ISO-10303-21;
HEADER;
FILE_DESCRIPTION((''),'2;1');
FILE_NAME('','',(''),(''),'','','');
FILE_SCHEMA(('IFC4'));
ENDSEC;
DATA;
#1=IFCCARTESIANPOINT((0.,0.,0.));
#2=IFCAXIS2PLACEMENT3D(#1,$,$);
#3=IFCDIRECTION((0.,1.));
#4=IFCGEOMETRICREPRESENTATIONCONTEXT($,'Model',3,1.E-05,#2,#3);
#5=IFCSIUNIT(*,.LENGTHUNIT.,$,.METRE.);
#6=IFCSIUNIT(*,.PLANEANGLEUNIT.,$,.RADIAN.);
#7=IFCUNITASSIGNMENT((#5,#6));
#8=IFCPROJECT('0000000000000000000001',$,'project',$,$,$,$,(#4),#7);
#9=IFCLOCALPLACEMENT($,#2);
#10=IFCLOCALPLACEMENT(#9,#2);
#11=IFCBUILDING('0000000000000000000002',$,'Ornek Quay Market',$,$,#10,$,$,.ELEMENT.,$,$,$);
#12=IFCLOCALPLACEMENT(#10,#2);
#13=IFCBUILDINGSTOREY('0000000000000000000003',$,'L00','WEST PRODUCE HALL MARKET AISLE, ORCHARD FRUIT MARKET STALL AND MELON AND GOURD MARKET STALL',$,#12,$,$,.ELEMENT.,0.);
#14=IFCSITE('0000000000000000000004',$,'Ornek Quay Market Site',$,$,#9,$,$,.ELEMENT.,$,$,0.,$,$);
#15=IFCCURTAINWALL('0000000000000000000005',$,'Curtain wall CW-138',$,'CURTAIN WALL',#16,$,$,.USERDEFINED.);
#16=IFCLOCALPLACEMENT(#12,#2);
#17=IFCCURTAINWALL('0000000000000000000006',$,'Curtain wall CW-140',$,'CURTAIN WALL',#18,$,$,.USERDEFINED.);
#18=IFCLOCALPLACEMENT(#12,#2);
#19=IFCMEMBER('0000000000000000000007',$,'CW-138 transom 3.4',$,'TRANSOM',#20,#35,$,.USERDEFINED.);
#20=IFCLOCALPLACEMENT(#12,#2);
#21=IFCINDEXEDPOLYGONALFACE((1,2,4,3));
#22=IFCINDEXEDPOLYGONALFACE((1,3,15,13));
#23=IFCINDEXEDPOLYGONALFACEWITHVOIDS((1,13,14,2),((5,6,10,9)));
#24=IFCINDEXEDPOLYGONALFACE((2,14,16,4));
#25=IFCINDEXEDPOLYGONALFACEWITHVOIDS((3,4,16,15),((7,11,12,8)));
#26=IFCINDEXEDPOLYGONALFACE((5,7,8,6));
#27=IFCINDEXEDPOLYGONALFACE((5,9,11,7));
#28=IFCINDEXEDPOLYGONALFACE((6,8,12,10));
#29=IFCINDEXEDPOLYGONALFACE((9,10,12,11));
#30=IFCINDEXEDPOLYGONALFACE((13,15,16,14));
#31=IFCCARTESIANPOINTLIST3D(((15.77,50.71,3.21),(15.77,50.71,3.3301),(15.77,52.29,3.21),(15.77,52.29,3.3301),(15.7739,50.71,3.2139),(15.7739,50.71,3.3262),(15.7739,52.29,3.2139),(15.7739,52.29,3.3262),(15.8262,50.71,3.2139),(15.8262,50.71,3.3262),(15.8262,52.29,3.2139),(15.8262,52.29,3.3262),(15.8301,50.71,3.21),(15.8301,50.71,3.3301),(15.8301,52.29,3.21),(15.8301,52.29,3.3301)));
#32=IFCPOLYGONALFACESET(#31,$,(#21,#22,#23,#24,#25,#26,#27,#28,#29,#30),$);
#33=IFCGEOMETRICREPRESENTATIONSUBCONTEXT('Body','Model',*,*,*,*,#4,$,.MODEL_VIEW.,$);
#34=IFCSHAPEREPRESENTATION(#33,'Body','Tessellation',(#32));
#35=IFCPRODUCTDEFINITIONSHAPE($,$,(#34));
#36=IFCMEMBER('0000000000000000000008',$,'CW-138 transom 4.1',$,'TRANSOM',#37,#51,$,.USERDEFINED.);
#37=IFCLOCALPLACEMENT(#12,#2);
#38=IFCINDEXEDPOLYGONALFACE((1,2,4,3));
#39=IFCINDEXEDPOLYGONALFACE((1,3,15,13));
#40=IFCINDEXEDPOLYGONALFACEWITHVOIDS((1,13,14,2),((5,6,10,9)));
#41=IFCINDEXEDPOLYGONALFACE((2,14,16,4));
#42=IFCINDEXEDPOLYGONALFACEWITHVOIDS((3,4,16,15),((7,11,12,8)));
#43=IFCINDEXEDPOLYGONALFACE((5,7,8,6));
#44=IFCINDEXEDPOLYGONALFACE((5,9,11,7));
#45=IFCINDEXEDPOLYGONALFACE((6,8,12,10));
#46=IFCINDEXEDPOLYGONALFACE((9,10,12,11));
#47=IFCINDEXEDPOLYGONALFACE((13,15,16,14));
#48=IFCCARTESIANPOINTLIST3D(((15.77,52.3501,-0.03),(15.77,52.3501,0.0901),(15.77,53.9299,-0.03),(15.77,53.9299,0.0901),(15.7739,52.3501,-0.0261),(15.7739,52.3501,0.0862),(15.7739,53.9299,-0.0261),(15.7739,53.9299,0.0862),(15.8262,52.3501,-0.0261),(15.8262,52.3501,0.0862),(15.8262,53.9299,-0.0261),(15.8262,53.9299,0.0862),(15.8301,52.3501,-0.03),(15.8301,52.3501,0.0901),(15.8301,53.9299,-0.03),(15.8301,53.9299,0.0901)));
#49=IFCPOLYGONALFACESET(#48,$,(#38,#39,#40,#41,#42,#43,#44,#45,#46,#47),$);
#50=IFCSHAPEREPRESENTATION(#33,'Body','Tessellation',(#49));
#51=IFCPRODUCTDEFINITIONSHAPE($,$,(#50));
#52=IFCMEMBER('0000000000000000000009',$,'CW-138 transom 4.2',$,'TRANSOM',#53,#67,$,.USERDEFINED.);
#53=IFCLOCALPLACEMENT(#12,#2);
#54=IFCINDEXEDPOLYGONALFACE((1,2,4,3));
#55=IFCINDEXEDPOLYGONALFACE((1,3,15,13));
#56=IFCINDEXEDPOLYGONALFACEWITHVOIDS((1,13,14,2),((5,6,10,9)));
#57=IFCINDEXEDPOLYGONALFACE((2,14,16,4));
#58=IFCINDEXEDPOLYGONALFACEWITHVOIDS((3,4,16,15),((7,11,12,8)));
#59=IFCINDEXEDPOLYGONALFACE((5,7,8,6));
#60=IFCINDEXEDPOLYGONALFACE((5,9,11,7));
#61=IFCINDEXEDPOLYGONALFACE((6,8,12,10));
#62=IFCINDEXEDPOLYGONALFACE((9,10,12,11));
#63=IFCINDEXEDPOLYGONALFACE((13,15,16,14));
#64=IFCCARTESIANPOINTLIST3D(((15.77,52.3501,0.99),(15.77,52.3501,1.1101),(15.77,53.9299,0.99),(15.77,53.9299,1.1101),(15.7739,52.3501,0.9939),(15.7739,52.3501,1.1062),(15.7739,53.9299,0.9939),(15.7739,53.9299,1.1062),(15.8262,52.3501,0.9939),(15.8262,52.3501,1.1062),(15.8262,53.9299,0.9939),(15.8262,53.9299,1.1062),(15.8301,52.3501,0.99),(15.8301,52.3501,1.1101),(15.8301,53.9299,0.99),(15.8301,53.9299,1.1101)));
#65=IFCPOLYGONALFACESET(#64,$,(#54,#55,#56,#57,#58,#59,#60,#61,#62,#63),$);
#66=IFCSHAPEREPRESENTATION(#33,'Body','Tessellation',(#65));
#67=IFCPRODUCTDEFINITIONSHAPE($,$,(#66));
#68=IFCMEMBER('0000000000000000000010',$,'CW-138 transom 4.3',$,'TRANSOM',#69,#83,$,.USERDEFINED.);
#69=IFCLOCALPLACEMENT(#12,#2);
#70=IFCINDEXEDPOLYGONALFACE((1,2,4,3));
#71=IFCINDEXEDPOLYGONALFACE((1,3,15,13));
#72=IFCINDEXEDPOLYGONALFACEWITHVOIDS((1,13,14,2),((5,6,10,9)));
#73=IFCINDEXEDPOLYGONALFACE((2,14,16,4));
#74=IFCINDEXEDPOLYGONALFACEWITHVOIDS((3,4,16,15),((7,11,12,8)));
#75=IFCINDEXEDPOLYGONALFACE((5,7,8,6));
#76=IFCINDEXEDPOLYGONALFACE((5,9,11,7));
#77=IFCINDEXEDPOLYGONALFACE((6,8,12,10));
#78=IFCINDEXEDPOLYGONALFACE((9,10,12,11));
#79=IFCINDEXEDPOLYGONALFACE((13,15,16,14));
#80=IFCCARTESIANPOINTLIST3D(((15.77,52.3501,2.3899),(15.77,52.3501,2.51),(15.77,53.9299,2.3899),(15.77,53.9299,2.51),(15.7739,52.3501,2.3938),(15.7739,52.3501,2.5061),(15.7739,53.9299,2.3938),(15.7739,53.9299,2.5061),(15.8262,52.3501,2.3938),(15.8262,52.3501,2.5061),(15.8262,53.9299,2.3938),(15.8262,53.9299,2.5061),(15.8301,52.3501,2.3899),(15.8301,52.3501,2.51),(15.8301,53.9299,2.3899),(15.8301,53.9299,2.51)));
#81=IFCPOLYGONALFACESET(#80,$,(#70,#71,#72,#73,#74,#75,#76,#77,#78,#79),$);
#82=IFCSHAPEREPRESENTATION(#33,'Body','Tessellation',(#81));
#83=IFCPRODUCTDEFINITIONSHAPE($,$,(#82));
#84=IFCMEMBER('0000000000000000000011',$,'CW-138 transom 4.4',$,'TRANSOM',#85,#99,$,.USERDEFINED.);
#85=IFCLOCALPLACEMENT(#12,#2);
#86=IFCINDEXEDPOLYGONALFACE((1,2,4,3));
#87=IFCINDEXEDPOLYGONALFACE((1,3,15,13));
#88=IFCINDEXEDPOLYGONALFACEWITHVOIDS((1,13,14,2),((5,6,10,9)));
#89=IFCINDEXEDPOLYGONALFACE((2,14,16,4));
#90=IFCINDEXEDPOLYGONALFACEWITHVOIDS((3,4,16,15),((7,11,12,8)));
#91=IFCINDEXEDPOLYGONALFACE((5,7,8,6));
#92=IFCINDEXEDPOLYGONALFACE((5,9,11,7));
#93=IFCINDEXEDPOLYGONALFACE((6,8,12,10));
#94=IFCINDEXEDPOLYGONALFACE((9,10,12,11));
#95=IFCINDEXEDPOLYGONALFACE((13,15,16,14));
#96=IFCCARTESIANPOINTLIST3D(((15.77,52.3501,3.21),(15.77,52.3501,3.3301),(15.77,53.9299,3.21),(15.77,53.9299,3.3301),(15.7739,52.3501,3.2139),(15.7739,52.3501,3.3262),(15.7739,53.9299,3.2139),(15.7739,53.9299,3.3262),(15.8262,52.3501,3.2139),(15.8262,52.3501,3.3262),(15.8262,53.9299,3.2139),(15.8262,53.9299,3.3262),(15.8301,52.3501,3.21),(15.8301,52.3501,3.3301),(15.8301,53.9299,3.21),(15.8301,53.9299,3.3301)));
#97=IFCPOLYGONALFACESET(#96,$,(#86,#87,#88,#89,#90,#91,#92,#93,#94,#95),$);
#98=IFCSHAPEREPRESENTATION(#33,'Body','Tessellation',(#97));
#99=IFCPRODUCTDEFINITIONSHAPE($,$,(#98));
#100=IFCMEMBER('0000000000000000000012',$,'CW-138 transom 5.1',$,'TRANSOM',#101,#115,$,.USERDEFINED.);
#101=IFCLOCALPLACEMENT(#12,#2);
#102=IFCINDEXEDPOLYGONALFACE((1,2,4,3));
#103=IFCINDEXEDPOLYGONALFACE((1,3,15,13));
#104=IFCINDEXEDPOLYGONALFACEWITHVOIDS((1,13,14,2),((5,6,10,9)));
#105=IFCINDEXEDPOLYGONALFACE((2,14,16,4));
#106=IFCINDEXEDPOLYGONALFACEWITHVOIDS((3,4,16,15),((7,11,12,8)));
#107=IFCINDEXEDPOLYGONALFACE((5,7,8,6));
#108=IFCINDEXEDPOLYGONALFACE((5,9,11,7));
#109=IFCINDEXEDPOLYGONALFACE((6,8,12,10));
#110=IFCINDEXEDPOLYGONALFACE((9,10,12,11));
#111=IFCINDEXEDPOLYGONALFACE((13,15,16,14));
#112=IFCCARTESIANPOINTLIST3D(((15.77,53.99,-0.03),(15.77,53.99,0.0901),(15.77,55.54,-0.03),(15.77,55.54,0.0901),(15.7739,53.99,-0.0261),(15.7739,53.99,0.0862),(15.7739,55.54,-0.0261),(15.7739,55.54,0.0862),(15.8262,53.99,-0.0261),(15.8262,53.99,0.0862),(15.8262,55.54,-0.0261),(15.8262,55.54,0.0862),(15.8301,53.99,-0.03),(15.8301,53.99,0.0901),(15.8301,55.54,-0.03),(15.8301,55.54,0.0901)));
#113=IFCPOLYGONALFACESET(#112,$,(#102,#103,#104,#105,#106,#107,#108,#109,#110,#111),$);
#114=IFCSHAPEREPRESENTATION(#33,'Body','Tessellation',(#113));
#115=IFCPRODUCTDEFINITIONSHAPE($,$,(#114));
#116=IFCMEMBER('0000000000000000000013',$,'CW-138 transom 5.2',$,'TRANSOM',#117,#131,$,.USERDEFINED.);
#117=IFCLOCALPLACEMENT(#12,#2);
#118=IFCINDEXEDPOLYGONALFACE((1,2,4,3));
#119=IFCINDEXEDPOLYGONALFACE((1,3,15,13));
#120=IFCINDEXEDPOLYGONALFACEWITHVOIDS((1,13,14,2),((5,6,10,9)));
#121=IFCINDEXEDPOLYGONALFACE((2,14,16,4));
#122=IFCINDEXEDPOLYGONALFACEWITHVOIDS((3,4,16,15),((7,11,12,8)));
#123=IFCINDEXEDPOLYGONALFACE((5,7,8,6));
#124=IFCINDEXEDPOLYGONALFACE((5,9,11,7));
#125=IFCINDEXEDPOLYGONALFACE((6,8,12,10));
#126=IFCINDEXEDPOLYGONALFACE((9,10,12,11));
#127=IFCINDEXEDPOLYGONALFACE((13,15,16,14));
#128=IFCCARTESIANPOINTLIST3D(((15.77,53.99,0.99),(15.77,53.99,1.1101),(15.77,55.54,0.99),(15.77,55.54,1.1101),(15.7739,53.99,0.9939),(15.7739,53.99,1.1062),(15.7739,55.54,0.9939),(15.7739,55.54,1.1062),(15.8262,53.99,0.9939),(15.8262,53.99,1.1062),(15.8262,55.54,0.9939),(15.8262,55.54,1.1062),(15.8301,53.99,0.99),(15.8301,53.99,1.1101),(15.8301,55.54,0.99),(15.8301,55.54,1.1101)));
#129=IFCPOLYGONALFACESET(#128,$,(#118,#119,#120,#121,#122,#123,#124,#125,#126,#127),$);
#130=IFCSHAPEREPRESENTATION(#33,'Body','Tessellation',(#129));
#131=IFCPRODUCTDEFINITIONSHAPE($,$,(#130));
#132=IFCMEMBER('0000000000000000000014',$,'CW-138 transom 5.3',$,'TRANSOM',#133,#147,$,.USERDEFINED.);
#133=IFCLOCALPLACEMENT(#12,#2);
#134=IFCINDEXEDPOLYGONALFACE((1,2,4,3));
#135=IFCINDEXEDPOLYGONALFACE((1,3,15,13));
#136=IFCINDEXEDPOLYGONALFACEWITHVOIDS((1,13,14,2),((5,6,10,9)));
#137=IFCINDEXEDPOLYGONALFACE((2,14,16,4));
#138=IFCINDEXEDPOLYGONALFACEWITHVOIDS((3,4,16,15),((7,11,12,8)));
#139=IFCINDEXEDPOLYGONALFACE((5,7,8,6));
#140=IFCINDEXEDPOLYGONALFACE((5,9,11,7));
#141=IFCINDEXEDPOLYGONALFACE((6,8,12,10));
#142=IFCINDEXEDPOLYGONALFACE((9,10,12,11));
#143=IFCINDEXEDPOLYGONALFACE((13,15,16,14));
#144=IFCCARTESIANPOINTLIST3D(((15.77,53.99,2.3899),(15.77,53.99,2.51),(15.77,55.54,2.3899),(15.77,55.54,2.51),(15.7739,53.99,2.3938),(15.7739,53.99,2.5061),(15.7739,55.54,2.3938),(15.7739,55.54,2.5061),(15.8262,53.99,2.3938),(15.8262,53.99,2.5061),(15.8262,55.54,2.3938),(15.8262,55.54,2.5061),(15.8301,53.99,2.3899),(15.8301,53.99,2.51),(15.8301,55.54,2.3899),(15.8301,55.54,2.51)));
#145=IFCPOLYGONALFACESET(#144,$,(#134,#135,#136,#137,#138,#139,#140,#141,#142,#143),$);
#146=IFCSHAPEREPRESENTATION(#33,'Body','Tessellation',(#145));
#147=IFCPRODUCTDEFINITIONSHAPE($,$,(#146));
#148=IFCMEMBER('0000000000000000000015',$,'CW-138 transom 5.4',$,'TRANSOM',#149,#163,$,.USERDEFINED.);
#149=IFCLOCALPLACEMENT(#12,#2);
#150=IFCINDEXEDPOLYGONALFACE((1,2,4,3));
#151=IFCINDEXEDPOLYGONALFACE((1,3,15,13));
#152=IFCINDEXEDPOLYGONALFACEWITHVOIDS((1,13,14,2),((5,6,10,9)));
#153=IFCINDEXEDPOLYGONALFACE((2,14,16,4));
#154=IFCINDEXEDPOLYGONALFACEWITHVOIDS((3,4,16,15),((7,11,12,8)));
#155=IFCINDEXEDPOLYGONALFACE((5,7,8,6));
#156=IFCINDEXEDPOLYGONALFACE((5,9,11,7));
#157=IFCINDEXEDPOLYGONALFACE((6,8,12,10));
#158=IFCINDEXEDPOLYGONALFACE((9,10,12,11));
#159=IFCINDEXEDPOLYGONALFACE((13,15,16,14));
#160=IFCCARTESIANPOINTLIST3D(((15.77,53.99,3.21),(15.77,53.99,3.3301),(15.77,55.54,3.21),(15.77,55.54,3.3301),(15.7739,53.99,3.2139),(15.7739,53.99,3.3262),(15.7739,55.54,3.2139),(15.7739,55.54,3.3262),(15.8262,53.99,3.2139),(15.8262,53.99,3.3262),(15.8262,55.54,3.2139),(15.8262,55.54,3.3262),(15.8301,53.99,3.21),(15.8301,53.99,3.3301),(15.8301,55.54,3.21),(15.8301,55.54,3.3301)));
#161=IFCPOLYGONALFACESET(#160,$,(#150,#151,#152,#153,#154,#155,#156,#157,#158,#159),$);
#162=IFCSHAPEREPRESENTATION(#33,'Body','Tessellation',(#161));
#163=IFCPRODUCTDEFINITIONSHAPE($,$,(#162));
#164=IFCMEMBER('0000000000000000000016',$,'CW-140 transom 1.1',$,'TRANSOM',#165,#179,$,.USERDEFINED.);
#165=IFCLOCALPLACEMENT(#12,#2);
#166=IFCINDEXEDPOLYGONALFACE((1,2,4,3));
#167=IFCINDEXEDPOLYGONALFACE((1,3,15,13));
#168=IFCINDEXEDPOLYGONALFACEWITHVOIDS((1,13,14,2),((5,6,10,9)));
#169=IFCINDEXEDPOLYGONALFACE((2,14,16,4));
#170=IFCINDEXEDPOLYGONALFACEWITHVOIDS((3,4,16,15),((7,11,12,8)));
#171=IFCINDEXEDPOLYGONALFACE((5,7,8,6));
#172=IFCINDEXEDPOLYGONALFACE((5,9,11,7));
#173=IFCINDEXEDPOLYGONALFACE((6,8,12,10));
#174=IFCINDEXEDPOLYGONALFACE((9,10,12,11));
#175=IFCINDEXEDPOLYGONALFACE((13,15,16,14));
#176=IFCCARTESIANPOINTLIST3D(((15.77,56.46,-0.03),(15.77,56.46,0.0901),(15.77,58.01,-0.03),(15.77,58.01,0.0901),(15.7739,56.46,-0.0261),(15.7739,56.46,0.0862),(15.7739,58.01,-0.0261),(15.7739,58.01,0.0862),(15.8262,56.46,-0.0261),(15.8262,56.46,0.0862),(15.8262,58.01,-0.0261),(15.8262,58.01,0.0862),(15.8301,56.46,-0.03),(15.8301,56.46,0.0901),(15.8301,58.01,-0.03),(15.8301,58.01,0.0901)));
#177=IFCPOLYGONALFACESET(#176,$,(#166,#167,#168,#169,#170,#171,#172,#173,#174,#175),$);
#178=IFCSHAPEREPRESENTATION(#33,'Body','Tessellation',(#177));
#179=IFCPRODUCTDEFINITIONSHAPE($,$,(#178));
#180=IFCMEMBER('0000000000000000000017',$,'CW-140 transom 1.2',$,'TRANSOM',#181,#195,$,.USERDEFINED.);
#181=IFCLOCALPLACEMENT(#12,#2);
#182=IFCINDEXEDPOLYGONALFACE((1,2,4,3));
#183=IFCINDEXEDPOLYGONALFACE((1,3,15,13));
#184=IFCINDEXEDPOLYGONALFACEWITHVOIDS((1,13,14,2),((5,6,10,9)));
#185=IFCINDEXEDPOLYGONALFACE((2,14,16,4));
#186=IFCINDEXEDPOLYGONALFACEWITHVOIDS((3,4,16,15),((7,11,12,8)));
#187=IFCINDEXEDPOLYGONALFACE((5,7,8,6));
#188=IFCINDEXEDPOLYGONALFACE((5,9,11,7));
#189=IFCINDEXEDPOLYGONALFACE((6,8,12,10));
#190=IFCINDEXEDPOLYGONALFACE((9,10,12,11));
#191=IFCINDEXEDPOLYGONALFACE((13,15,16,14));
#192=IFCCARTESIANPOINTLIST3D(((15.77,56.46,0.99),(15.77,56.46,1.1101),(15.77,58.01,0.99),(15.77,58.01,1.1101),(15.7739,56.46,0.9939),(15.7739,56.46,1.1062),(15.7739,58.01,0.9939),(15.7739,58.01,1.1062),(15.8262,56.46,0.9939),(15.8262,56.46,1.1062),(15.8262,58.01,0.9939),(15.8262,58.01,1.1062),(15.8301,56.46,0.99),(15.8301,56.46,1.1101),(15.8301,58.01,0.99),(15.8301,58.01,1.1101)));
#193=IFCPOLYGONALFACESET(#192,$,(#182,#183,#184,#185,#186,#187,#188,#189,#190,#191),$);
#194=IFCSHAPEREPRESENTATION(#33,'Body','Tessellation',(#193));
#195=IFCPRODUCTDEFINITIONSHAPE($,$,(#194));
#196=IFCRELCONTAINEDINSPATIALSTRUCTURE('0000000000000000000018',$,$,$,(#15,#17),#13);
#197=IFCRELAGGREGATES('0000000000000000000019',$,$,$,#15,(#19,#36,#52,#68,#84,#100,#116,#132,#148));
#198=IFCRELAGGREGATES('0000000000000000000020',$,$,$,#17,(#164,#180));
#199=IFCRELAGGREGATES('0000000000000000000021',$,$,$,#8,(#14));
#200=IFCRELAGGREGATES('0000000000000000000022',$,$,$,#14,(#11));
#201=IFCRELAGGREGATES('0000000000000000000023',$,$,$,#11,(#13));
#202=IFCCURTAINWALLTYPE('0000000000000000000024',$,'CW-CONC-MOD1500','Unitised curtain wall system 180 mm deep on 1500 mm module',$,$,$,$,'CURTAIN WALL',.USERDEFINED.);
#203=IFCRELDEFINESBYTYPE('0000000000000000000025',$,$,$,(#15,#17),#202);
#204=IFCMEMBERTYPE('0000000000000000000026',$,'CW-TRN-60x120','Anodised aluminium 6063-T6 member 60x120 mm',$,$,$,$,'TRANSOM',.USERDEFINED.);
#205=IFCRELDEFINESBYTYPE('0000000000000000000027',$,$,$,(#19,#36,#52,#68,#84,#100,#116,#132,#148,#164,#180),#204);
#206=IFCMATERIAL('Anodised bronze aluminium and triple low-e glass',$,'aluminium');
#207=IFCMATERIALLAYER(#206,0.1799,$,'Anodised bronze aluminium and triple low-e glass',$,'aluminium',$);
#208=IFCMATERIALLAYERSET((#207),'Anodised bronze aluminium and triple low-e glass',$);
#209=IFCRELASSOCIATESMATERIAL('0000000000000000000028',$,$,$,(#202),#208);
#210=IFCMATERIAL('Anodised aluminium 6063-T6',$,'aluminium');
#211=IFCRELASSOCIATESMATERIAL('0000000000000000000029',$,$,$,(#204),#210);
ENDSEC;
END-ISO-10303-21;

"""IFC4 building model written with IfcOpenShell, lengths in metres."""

from ifc_helpers import new_model, si_unit, direction, frame, origin, origin_2d, place, context, subcontext, project, spatial, hollow_rectangle, extrude, material, layer, layer_set, material_profile, profile_set, type_object, element, aggregate, save


model = new_model("IFC4")

# Units and contexts
model_context = context("Model", 3, precision=1e-05, world=origin(), true_north=direction((0.0, 1.0)))
body_context = subcontext(model_context, "Body", "Model", "MODEL_VIEW")
ifc_project = project(units=[si_unit("LENGTHUNIT", "METRE"), si_unit("PLANEANGLEUNIT", "RADIAN")], contexts=[model_context])

# Site, building, storey
site_placement = place(None, origin())
site = spatial("IfcSite", under=ifc_project, at=site_placement, Name="Ornek Quay Market Site", CompositionType="ELEMENT", RefElevation=0.0)
building_placement = place(site_placement, origin())
building = spatial("IfcBuilding", under=site, at=building_placement, Name="Ornek Quay Market", CompositionType="ELEMENT")
storey_placement = place(building_placement, origin())
storey = spatial("IfcBuildingStorey", under=building, at=storey_placement, Name="L00", Description="WEST PRODUCE HALL MARKET AISLE, ORCHARD FRUIT MARKET STALL AND MELON AND GOURD MARKET STALL", CompositionType="ELEMENT", Elevation=0.0)

# Curtain walls
ifc_material_1 = material(Name="Anodised bronze aluminium and triple low-e glass", Category="aluminium")
ifc_layer_1 = layer(ifc_material_1, 0.1799, Name="Anodised bronze aluminium and triple low-e glass", Category="aluminium")
ifc_layer_set_1 = layer_set([ifc_layer_1], Name="Anodised bronze aluminium and triple low-e glass")
curtain_wall_type = type_object("IfcCurtainWallType", Name="CW-CONC-MOD1500", Description="Unitised curtain wall system 180 mm deep on 1500 mm module", ElementType="CURTAIN WALL", PredefinedType="USERDEFINED", material=ifc_layer_set_1)
curtain_wall_1_placement = place(storey_placement, origin())
curtain_wall_1 = element("IfcCurtainWall", 1, at=curtain_wall_1_placement, inside=storey, type_object=curtain_wall_type, Name="Curtain wall CW-138", ObjectType="CURTAIN WALL", PredefinedType="USERDEFINED")
ifc_material_2 = material(Name="Anodised aluminium 6063-T6", Category="aluminium")
curtain_wall_2_placement = place(storey_placement, origin())
curtain_wall_2 = element("IfcCurtainWall", 2, at=curtain_wall_2_placement, inside=storey, type_object=curtain_wall_type, Name="Curtain wall CW-140", ObjectType="CURTAIN WALL", PredefinedType="USERDEFINED")

# Members
ifc_material_profile_1 = material_profile(ifc_material_2, hollow_rectangle(XDim=0.0601, YDim=0.1201, WallThickness=0.0039, at=origin_2d()), Name="CW-TRN-60x120", Category="aluminium")
ifc_profile_set_1 = profile_set([ifc_material_profile_1], Name="Anodised aluminium 6063-T6")
member_type_1 = type_object("IfcMemberType", Name="CW-TRN-60x120", Description="Anodised aluminium 6063-T6 member 60x120 mm", ElementType="TRANSOM", PredefinedType="USERDEFINED", material=ifc_profile_set_1)
member_1_placement = place(storey_placement, frame((15.8, 50.71, 3.27), z_axis=(0.0, 1.0, 0.0), x_axis=(-1.0, 0.0, 0.0)))
member_1 = element("IfcMember", 3, at=member_1_placement, type_object=member_type_1, Name="CW-138 transom 3.4", ObjectType="TRANSOM", PredefinedType="USERDEFINED", context=body_context, shape_type="SweptSolid", body=[
    extrude(hollow_rectangle(XDim=0.0601, YDim=0.1201, WallThickness=0.0039, at=origin_2d()), origin(), (0.0, 0.0, 1.0), 1.5801),
])
member_2_placement = place(storey_placement, frame((15.8, 52.3501, 0.03), z_axis=(0.0, 1.0, 0.0), x_axis=(-1.0, 0.0, 0.0)))
member_2 = element("IfcMember", 4, at=member_2_placement, type_object=member_type_1, Name="CW-138 transom 4.1", ObjectType="TRANSOM", PredefinedType="USERDEFINED", context=body_context, shape_type="SweptSolid", body=[
    extrude(hollow_rectangle(XDim=0.0601, YDim=0.1201, WallThickness=0.0039, at=origin_2d()), origin(), (0.0, 0.0, 1.0), 1.5798),
])
member_3_placement = place(storey_placement, frame((15.8, 52.3501, 1.05), z_axis=(0.0, 1.0, 0.0), x_axis=(-1.0, 0.0, 0.0)))
member_3 = element("IfcMember", 5, at=member_3_placement, type_object=member_type_1, Name="CW-138 transom 4.2", ObjectType="TRANSOM", PredefinedType="USERDEFINED", context=body_context, shape_type="SweptSolid", body=[
    extrude(hollow_rectangle(XDim=0.0601, YDim=0.1201, WallThickness=0.0039, at=origin_2d()), origin(), (0.0, 0.0, 1.0), 1.5798),
])
member_4_placement = place(storey_placement, frame((15.8, 52.3501, 2.45), z_axis=(0.0, 1.0, 0.0), x_axis=(-1.0, 0.0, 0.0)))
member_4 = element("IfcMember", 6, at=member_4_placement, type_object=member_type_1, Name="CW-138 transom 4.3", ObjectType="TRANSOM", PredefinedType="USERDEFINED", context=body_context, shape_type="SweptSolid", body=[
    extrude(hollow_rectangle(XDim=0.0601, YDim=0.1201, WallThickness=0.0039, at=origin_2d()), origin(), (0.0, 0.0, 1.0), 1.5798),
])
member_5_placement = place(storey_placement, frame((15.8, 52.3501, 3.27), z_axis=(0.0, 1.0, 0.0), x_axis=(-1.0, 0.0, 0.0)))
member_5 = element("IfcMember", 7, at=member_5_placement, type_object=member_type_1, Name="CW-138 transom 4.4", ObjectType="TRANSOM", PredefinedType="USERDEFINED", context=body_context, shape_type="SweptSolid", body=[
    extrude(hollow_rectangle(XDim=0.0601, YDim=0.1201, WallThickness=0.0039, at=origin_2d()), origin(), (0.0, 0.0, 1.0), 1.5798),
])
member_6_placement = place(storey_placement, frame((15.8, 53.99, 0.03), z_axis=(0.0, 1.0, 0.0), x_axis=(-1.0, 0.0, 0.0)))
member_6 = element("IfcMember", 8, at=member_6_placement, type_object=member_type_1, Name="CW-138 transom 5.1", ObjectType="TRANSOM", PredefinedType="USERDEFINED", context=body_context, shape_type="SweptSolid", body=[
    extrude(hollow_rectangle(XDim=0.0601, YDim=0.1201, WallThickness=0.0039, at=origin_2d()), origin(), (0.0, 0.0, 1.0), 1.55),
])
member_7_placement = place(storey_placement, frame((15.8, 53.99, 1.05), z_axis=(0.0, 1.0, 0.0), x_axis=(-1.0, 0.0, 0.0)))
member_7 = element("IfcMember", 9, at=member_7_placement, type_object=member_type_1, Name="CW-138 transom 5.2", ObjectType="TRANSOM", PredefinedType="USERDEFINED", context=body_context, shape_type="SweptSolid", body=[
    extrude(hollow_rectangle(XDim=0.0601, YDim=0.1201, WallThickness=0.0039, at=origin_2d()), origin(), (0.0, 0.0, 1.0), 1.55),
])
member_8_placement = place(storey_placement, frame((15.8, 53.99, 2.45), z_axis=(0.0, 1.0, 0.0), x_axis=(-1.0, 0.0, 0.0)))
member_8 = element("IfcMember", 10, at=member_8_placement, type_object=member_type_1, Name="CW-138 transom 5.3", ObjectType="TRANSOM", PredefinedType="USERDEFINED", context=body_context, shape_type="SweptSolid", body=[
    extrude(hollow_rectangle(XDim=0.0601, YDim=0.1201, WallThickness=0.0039, at=origin_2d()), origin(), (0.0, 0.0, 1.0), 1.55),
])
member_9_placement = place(storey_placement, frame((15.8, 53.99, 3.27), z_axis=(0.0, 1.0, 0.0), x_axis=(-1.0, 0.0, 0.0)))
member_9 = element("IfcMember", 11, at=member_9_placement, type_object=member_type_1, Name="CW-138 transom 5.4", ObjectType="TRANSOM", PredefinedType="USERDEFINED", context=body_context, shape_type="SweptSolid", body=[
    extrude(hollow_rectangle(XDim=0.0601, YDim=0.1201, WallThickness=0.0039, at=origin_2d()), origin(), (0.0, 0.0, 1.0), 1.55),
])
member_10_placement = place(storey_placement, frame((15.8, 56.46, 0.03), z_axis=(0.0, 1.0, 0.0), x_axis=(-1.0, 0.0, 0.0)))
member_10 = element("IfcMember", 12, at=member_10_placement, type_object=member_type_1, Name="CW-140 transom 1.1", ObjectType="TRANSOM", PredefinedType="USERDEFINED", context=body_context, shape_type="SweptSolid", body=[
    extrude(hollow_rectangle(XDim=0.0601, YDim=0.1201, WallThickness=0.0039, at=origin_2d()), origin(), (0.0, 0.0, 1.0), 1.55),
])
member_11_placement = place(storey_placement, frame((15.8, 56.46, 1.05), z_axis=(0.0, 1.0, 0.0), x_axis=(-1.0, 0.0, 0.0)))
member_11 = element("IfcMember", 13, at=member_11_placement, type_object=member_type_1, Name="CW-140 transom 1.2", ObjectType="TRANSOM", PredefinedType="USERDEFINED", context=body_context, shape_type="SweptSolid", body=[
    extrude(hollow_rectangle(XDim=0.0601, YDim=0.1201, WallThickness=0.0039, at=origin_2d()), origin(), (0.0, 0.0, 1.0), 1.55),
])

aggregate(curtain_wall_1, [member_1, member_2, member_3, member_4, member_5, member_6, member_7, member_8, member_9])
aggregate(curtain_wall_2, [member_10, member_11])

save(model, "model.ifc")
